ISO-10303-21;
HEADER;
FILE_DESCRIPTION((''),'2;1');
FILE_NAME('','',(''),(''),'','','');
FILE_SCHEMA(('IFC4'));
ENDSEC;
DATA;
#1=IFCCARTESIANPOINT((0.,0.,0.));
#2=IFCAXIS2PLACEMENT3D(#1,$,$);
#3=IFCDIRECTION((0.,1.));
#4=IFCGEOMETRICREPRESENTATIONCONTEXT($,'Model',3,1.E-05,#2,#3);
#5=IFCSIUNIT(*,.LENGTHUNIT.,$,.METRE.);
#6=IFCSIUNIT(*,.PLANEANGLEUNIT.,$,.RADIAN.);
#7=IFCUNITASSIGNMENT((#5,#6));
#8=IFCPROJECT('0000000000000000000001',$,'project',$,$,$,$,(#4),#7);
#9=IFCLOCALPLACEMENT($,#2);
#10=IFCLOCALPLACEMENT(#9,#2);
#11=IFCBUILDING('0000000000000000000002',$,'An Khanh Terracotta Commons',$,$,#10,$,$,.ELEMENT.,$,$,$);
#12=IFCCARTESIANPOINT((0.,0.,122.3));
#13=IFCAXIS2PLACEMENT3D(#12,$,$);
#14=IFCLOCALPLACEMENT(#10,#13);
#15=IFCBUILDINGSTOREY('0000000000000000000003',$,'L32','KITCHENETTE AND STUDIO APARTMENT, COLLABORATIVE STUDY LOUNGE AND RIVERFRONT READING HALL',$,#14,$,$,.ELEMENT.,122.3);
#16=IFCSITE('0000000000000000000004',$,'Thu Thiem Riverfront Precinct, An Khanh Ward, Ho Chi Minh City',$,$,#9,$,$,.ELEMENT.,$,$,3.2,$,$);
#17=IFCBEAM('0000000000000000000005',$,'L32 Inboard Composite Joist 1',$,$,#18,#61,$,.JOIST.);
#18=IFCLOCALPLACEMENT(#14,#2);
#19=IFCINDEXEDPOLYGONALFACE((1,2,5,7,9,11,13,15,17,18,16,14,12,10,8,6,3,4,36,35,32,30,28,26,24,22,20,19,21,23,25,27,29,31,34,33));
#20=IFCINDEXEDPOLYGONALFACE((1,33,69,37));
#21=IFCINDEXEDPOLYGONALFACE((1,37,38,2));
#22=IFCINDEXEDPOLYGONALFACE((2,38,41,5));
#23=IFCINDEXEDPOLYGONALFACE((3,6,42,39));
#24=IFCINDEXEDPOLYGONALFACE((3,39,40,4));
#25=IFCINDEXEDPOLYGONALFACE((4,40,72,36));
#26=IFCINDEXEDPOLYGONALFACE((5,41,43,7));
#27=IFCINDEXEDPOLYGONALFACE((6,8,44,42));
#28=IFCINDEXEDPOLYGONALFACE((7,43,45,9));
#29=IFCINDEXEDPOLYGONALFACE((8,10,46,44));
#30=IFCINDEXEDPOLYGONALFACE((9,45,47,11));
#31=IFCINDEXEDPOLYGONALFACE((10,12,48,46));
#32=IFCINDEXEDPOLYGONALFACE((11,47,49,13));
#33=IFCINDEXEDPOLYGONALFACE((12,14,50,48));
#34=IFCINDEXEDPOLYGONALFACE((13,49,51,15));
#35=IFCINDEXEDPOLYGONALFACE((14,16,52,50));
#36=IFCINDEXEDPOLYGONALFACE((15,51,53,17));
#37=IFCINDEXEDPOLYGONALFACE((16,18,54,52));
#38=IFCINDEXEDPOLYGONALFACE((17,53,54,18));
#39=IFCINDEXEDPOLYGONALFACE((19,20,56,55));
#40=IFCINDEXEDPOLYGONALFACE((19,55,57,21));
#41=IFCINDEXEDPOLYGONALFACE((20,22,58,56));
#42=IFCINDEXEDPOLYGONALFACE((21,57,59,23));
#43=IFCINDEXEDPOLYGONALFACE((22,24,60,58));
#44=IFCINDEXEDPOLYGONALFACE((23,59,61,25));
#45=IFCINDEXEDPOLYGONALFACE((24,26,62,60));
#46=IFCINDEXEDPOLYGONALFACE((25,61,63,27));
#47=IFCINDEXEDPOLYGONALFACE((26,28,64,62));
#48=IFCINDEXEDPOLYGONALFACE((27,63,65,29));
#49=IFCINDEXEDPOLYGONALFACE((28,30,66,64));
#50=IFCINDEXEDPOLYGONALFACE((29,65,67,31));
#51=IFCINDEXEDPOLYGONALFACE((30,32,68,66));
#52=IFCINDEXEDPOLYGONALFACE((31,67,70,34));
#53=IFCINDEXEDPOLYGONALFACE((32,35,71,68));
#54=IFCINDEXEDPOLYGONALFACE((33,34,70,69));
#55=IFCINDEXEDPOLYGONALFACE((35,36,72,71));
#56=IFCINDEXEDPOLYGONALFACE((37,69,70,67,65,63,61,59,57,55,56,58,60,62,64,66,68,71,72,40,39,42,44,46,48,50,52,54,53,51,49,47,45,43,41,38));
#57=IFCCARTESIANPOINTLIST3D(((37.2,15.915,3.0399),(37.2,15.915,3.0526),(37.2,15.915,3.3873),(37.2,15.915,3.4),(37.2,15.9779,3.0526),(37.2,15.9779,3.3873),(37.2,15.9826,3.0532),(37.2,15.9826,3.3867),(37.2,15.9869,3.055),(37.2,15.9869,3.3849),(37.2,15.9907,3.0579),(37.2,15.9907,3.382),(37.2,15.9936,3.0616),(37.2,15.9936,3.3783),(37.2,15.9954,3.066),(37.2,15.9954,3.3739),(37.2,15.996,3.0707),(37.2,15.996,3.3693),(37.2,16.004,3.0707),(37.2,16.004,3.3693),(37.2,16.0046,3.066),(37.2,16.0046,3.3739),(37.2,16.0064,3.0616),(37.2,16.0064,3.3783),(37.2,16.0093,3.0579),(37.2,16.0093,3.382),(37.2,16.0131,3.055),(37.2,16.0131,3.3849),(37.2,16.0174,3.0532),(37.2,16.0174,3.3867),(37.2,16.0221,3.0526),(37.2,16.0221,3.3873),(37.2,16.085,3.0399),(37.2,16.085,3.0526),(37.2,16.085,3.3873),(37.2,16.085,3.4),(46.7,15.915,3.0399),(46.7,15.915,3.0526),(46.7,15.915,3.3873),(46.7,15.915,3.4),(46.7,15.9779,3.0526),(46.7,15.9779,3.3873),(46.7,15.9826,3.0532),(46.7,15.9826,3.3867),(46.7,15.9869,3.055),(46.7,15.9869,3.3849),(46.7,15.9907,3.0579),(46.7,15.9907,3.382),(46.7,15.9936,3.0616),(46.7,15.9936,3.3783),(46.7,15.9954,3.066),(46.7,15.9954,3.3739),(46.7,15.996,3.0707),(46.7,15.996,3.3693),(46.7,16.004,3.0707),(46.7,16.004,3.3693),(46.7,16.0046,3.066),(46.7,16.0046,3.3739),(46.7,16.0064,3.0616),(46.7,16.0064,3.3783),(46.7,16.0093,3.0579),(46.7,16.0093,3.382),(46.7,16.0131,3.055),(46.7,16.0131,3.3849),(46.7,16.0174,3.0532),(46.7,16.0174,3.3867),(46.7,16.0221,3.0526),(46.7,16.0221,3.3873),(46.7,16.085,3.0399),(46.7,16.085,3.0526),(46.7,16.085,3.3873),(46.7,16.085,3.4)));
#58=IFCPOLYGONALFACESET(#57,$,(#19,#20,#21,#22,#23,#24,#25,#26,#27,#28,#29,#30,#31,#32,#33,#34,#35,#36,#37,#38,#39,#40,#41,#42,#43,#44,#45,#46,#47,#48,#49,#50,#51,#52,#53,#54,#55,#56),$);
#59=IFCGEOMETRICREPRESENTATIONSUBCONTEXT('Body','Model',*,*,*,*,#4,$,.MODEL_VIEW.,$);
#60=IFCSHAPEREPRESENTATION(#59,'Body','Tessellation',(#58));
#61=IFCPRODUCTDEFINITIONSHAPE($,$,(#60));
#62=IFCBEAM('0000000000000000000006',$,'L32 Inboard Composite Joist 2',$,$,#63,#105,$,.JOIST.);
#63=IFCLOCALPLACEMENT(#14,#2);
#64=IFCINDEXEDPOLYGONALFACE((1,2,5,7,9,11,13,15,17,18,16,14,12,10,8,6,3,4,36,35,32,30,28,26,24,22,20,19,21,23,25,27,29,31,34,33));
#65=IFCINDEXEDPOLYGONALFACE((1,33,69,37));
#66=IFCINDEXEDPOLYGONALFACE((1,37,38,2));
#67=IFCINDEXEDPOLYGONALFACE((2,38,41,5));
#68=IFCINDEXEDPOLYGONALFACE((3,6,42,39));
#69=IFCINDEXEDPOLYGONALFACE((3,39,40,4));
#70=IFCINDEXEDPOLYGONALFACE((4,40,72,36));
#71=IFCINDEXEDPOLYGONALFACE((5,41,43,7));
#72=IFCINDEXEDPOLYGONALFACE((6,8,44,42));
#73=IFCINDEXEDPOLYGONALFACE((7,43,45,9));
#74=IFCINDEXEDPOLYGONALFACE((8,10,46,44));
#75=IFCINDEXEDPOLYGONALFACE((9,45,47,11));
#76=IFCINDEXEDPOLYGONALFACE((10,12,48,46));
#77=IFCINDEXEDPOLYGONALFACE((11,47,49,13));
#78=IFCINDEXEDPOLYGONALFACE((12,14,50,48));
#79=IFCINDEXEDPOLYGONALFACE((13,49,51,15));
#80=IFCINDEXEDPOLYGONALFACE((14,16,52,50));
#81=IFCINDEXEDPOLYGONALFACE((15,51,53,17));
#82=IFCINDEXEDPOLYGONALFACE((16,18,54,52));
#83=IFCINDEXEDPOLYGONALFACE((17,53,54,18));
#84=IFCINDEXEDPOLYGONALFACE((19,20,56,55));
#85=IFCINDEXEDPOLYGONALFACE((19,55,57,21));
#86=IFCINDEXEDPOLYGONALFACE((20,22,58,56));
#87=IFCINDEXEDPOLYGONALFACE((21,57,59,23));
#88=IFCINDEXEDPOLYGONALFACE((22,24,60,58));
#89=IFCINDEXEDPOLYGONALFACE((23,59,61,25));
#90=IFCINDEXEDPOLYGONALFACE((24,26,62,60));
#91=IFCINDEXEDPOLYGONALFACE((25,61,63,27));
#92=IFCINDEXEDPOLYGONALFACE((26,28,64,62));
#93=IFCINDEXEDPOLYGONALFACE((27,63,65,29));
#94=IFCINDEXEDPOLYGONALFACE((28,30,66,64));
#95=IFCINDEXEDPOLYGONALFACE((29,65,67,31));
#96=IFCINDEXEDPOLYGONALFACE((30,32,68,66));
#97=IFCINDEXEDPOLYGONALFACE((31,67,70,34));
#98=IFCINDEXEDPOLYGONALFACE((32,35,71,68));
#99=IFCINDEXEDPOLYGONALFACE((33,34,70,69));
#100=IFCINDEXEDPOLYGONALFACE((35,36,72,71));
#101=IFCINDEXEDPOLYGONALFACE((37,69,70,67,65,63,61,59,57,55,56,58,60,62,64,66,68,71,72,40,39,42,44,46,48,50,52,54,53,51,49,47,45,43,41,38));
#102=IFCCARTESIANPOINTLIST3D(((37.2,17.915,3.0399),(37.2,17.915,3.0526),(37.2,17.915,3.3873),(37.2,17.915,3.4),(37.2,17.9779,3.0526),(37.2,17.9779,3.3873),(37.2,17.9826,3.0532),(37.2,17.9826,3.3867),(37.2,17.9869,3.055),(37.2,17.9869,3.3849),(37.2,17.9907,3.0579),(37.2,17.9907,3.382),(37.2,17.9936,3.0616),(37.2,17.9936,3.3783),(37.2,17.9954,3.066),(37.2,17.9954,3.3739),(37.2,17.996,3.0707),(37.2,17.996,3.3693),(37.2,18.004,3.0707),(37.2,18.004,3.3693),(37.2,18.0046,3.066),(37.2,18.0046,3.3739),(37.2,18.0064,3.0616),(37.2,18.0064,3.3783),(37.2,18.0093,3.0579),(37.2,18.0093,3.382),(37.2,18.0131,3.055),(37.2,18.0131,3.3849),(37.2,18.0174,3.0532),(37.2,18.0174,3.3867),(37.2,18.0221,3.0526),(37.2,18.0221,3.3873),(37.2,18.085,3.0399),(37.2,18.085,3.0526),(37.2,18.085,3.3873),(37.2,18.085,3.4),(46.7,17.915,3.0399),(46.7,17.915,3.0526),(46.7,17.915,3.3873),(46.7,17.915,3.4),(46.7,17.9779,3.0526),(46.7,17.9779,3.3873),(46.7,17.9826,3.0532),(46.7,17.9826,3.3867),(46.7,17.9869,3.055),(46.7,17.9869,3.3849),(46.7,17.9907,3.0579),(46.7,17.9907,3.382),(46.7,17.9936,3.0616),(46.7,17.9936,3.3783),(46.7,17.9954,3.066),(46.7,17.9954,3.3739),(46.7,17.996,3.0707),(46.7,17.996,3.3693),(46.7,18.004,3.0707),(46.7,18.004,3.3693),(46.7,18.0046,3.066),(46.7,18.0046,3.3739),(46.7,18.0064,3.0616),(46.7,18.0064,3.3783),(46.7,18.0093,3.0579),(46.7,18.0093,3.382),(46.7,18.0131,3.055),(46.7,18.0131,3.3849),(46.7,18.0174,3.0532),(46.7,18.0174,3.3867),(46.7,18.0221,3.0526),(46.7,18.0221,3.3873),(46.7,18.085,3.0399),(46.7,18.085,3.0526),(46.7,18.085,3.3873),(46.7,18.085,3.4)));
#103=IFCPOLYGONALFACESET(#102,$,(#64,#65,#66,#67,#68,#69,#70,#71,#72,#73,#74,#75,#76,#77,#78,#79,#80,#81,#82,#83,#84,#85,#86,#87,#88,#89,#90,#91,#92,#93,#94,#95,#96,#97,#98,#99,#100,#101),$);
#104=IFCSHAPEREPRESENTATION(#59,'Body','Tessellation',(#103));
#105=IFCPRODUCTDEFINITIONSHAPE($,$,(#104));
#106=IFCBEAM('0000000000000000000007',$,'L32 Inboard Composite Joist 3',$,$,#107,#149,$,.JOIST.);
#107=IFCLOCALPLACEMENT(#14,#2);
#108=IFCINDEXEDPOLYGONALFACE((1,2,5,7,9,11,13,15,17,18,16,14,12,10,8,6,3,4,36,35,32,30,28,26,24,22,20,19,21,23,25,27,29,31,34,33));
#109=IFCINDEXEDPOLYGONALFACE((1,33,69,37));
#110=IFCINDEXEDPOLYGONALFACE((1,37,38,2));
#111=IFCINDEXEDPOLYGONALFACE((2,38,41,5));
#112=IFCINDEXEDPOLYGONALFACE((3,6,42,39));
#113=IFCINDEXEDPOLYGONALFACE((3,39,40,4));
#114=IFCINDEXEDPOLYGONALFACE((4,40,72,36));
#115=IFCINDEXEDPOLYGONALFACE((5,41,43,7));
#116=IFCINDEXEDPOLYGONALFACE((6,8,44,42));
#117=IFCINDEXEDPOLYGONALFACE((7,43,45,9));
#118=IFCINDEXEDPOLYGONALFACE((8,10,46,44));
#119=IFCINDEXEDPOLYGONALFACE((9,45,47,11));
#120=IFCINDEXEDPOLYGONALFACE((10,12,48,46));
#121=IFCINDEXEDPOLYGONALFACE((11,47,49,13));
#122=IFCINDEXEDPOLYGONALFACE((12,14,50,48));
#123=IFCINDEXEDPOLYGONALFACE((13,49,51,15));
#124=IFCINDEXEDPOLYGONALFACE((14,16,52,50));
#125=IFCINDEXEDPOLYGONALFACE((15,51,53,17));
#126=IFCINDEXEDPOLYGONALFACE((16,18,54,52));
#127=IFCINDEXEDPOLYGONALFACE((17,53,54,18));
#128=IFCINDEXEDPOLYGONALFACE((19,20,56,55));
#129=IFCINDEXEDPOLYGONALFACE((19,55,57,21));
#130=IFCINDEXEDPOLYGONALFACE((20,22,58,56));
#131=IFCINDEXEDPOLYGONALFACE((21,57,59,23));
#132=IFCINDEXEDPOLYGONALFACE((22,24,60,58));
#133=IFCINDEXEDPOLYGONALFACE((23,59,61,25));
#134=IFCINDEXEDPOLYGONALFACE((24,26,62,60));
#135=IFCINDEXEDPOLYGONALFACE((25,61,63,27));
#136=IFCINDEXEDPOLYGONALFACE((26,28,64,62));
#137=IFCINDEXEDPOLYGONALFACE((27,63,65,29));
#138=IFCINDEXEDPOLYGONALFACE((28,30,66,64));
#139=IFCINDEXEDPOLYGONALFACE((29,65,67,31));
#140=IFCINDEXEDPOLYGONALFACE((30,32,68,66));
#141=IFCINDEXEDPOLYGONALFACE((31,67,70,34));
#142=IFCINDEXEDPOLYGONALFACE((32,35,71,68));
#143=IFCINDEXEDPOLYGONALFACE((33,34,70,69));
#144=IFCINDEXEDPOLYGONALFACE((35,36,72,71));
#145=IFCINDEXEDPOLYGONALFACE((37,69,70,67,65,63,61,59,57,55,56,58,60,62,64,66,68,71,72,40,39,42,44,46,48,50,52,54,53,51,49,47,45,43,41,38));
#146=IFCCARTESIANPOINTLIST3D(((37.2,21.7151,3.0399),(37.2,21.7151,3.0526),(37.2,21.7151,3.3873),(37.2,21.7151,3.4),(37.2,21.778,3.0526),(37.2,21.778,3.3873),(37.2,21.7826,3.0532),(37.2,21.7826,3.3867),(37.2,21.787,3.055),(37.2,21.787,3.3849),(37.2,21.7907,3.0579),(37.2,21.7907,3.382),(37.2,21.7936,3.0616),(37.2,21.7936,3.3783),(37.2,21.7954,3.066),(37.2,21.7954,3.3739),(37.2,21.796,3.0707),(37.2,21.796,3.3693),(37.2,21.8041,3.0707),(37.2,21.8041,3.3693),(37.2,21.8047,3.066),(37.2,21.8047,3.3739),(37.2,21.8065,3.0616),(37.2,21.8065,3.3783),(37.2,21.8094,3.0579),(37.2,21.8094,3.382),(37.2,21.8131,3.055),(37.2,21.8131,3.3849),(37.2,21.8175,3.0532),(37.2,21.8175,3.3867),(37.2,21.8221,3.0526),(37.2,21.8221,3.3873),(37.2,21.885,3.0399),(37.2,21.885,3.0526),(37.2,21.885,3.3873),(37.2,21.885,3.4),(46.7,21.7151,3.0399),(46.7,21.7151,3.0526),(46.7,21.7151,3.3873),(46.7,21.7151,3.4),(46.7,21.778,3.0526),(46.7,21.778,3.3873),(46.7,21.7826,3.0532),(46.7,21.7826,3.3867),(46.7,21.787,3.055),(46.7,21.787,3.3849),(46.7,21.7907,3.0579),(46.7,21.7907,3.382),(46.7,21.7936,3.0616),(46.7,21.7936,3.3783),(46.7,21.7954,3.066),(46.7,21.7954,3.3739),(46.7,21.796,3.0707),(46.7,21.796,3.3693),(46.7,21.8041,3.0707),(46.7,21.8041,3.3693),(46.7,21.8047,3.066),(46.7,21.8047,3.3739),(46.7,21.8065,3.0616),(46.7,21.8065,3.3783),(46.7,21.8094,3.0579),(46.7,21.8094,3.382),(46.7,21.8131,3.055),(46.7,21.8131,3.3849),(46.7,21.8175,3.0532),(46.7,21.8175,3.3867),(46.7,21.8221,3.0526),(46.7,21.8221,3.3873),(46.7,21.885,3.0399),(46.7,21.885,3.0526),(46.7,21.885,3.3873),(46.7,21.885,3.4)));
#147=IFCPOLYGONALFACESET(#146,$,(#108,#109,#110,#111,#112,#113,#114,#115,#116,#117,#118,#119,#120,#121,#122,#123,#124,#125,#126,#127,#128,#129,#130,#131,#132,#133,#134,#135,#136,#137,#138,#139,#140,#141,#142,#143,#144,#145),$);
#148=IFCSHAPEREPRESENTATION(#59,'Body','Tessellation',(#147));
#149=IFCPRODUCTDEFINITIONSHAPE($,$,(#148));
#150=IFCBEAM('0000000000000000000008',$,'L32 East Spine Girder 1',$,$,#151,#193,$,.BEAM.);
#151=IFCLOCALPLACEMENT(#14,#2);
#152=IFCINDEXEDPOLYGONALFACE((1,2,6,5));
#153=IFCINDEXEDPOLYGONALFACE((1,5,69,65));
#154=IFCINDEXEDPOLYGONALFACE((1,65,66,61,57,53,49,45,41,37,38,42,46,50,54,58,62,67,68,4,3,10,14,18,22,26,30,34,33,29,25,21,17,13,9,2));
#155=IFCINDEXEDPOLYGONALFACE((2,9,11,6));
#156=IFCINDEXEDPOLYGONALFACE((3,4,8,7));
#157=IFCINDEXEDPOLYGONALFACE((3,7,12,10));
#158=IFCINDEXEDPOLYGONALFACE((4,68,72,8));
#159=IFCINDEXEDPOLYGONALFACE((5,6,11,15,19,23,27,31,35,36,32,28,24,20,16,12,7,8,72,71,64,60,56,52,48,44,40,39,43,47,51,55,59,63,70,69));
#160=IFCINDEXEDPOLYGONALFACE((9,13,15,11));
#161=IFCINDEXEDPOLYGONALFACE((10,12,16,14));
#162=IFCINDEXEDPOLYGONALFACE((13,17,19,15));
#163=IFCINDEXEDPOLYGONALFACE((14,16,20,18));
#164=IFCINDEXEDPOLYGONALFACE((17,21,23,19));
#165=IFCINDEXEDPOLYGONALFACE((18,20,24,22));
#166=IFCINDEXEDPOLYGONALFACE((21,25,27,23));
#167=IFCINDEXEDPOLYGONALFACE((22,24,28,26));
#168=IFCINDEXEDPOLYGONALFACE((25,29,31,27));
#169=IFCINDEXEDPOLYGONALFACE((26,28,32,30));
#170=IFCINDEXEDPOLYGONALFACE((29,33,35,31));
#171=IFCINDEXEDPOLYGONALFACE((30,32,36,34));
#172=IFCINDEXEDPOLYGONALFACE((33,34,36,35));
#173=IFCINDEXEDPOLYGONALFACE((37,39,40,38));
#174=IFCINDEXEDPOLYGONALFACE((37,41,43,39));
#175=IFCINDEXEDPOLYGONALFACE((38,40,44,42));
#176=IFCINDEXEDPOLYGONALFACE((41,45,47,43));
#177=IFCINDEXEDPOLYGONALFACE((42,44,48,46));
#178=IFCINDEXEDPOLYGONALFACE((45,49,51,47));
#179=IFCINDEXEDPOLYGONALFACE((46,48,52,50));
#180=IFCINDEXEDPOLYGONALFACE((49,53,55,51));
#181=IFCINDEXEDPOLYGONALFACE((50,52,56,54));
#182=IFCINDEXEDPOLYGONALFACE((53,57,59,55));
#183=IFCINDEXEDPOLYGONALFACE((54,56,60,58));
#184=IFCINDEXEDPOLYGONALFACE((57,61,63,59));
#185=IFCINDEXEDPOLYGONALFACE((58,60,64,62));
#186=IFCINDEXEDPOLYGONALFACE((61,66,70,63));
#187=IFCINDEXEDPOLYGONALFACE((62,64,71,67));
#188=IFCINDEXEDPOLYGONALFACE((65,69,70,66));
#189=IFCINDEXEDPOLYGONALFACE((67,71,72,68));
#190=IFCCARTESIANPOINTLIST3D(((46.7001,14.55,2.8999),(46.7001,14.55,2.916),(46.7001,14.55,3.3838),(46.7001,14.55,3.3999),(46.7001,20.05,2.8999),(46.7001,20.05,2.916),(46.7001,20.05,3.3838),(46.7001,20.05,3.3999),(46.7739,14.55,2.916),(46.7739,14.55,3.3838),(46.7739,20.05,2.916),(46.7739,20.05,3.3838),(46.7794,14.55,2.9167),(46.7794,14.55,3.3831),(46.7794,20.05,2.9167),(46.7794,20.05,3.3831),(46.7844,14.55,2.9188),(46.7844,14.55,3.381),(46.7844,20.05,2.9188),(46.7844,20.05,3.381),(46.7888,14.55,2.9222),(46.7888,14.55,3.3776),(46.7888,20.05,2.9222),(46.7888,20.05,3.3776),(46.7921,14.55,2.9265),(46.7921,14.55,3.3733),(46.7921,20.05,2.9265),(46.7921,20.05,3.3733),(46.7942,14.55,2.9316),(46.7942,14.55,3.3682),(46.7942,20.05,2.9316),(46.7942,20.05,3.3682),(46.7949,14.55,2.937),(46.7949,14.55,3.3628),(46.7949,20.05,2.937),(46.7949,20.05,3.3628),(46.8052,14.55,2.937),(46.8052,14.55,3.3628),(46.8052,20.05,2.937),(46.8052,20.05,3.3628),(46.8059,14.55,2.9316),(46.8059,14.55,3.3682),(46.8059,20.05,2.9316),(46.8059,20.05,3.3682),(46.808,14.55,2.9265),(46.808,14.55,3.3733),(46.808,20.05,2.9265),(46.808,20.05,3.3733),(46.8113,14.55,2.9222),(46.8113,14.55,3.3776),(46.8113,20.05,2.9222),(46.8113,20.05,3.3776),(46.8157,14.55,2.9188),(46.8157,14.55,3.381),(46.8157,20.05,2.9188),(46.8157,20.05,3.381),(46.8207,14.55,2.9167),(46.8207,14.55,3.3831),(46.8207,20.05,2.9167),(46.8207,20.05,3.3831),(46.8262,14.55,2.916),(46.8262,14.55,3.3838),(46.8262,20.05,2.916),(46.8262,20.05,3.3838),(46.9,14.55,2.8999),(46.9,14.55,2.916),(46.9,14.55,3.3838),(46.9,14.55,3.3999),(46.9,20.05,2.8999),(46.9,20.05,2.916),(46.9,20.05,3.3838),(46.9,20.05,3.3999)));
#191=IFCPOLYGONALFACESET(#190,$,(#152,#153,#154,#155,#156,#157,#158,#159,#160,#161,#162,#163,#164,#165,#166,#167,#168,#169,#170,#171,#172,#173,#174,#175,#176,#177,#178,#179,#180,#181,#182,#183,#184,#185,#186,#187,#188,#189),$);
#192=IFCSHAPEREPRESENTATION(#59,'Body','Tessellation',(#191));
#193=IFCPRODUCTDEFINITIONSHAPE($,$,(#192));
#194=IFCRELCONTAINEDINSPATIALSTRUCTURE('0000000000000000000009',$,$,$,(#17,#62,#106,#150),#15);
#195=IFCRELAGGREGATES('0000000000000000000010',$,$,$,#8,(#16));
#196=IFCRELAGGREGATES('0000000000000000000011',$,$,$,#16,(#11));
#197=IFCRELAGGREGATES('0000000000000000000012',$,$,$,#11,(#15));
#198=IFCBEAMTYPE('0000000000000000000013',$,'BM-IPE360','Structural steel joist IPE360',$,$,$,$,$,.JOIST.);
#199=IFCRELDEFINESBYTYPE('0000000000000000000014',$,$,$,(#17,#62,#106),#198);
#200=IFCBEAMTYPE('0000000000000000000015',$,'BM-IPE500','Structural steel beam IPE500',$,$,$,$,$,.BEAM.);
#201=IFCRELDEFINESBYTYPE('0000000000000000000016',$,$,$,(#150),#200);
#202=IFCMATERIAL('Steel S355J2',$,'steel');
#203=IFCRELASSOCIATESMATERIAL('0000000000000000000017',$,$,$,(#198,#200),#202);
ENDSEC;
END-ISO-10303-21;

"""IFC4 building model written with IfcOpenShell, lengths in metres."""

from ifc_helpers import new_model, si_unit, direction, frame, origin, origin_2d, place, context, subcontext, project, spatial, i_section, extrude, material, material_profile, profile_set, type_object, element, save


model = new_model("IFC4")

# Units and contexts
model_context = context("Model", 3, precision=1e-05, world=origin(), true_north=direction((0.0, 1.0)))
body_context = subcontext(model_context, "Body", "Model", "MODEL_VIEW")
ifc_project = project(units=[si_unit("LENGTHUNIT", "METRE"), si_unit("PLANEANGLEUNIT", "RADIAN")], contexts=[model_context])

# Site, building, storey
site_placement = place(None, origin())
site = spatial("IfcSite", under=ifc_project, at=site_placement, Name="Thu Thiem Riverfront Precinct, An Khanh Ward, Ho Chi Minh City", CompositionType="ELEMENT", RefElevation=3.2)
building_placement = place(site_placement, origin())
building = spatial("IfcBuilding", under=site, at=building_placement, Name="An Khanh Terracotta Commons", CompositionType="ELEMENT")
storey_placement = place(building_placement, frame((0.0, 0.0, 122.3)))
storey = spatial("IfcBuildingStorey", under=building, at=storey_placement, Name="L32", Description="KITCHENETTE AND STUDIO APARTMENT, COLLABORATIVE STUDY LOUNGE AND RIVERFRONT READING HALL", CompositionType="ELEMENT", Elevation=122.3)

# Beams
ifc_material_1 = material(Name="Steel S355J2", Category="steel")
ifc_material_profile_1 = material_profile(ifc_material_1, i_section(OverallWidth=0.1699, OverallDepth=0.3601, WebThickness=0.0081, FlangeThickness=0.0127, FilletRadius=0.0181, at=origin_2d()), Name="IPE360")
ifc_profile_set_1 = profile_set([ifc_material_profile_1], Name="Steel S355J2")
beam_type_1 = type_object("IfcBeamType", Name="BM-IPE360", Description="Structural steel joist IPE360", PredefinedType="JOIST", material=ifc_profile_set_1)
for number, where, z_axis, x_axis, name in (
    (1, (37.2, 16.0, 3.22), (1.0, 0.0, 0.0), (0.0, 1.0, 0.0), "L32 Inboard Composite Joist 1"),
    (2, (37.2, 18.0, 3.22), (1.0, 0.0, 0.0), (0.0, 1.0, 0.0), "L32 Inboard Composite Joist 2"),
    (3, (37.2, 21.8, 3.22), (1.0, 0.0, 0.0), (0.0, 1.0, 0.0), "L32 Inboard Composite Joist 3"),
):
    element("IfcBeam", number, at=place(storey_placement, frame(where, z_axis=z_axis, x_axis=x_axis)), inside=storey, type_object=beam_type_1, Name=name, PredefinedType="JOIST", context=body_context, shape_type="SweptSolid", body=[
        extrude(i_section(OverallWidth=0.1699, OverallDepth=0.3601, WebThickness=0.0081, FlangeThickness=0.0127, FilletRadius=0.0181, at=origin_2d()), origin(), (0.0, 0.0, 1.0), 9.5),
    ])
ifc_material_profile_2 = material_profile(ifc_material_1, i_section(OverallWidth=0.2, OverallDepth=0.5, WebThickness=0.0103, FlangeThickness=0.0161, FilletRadius=0.021, at=origin_2d()), Name="IPE500")
ifc_profile_set_2 = profile_set([ifc_material_profile_2], Name="Steel S355J2")
beam_type_2 = type_object("IfcBeamType", Name="BM-IPE500", Description="Structural steel beam IPE500", PredefinedType="BEAM", material=ifc_profile_set_2)
beam_1_placement = place(storey_placement, frame((46.8, 14.55, 3.1499), z_axis=(0.0, 1.0, 0.0), x_axis=(-1.0, 0.0, 0.0)))
element("IfcBeam", 4, at=beam_1_placement, inside=storey, type_object=beam_type_2, Name="L32 East Spine Girder 1", PredefinedType="BEAM", context=body_context, shape_type="SweptSolid", body=[
    extrude(i_section(OverallWidth=0.2, OverallDepth=0.5, WebThickness=0.0103, FlangeThickness=0.0161, FilletRadius=0.021, at=origin_2d()), origin(), (0.0, 0.0, 1.0), 5.5),
])

save(model, "model.ifc")
